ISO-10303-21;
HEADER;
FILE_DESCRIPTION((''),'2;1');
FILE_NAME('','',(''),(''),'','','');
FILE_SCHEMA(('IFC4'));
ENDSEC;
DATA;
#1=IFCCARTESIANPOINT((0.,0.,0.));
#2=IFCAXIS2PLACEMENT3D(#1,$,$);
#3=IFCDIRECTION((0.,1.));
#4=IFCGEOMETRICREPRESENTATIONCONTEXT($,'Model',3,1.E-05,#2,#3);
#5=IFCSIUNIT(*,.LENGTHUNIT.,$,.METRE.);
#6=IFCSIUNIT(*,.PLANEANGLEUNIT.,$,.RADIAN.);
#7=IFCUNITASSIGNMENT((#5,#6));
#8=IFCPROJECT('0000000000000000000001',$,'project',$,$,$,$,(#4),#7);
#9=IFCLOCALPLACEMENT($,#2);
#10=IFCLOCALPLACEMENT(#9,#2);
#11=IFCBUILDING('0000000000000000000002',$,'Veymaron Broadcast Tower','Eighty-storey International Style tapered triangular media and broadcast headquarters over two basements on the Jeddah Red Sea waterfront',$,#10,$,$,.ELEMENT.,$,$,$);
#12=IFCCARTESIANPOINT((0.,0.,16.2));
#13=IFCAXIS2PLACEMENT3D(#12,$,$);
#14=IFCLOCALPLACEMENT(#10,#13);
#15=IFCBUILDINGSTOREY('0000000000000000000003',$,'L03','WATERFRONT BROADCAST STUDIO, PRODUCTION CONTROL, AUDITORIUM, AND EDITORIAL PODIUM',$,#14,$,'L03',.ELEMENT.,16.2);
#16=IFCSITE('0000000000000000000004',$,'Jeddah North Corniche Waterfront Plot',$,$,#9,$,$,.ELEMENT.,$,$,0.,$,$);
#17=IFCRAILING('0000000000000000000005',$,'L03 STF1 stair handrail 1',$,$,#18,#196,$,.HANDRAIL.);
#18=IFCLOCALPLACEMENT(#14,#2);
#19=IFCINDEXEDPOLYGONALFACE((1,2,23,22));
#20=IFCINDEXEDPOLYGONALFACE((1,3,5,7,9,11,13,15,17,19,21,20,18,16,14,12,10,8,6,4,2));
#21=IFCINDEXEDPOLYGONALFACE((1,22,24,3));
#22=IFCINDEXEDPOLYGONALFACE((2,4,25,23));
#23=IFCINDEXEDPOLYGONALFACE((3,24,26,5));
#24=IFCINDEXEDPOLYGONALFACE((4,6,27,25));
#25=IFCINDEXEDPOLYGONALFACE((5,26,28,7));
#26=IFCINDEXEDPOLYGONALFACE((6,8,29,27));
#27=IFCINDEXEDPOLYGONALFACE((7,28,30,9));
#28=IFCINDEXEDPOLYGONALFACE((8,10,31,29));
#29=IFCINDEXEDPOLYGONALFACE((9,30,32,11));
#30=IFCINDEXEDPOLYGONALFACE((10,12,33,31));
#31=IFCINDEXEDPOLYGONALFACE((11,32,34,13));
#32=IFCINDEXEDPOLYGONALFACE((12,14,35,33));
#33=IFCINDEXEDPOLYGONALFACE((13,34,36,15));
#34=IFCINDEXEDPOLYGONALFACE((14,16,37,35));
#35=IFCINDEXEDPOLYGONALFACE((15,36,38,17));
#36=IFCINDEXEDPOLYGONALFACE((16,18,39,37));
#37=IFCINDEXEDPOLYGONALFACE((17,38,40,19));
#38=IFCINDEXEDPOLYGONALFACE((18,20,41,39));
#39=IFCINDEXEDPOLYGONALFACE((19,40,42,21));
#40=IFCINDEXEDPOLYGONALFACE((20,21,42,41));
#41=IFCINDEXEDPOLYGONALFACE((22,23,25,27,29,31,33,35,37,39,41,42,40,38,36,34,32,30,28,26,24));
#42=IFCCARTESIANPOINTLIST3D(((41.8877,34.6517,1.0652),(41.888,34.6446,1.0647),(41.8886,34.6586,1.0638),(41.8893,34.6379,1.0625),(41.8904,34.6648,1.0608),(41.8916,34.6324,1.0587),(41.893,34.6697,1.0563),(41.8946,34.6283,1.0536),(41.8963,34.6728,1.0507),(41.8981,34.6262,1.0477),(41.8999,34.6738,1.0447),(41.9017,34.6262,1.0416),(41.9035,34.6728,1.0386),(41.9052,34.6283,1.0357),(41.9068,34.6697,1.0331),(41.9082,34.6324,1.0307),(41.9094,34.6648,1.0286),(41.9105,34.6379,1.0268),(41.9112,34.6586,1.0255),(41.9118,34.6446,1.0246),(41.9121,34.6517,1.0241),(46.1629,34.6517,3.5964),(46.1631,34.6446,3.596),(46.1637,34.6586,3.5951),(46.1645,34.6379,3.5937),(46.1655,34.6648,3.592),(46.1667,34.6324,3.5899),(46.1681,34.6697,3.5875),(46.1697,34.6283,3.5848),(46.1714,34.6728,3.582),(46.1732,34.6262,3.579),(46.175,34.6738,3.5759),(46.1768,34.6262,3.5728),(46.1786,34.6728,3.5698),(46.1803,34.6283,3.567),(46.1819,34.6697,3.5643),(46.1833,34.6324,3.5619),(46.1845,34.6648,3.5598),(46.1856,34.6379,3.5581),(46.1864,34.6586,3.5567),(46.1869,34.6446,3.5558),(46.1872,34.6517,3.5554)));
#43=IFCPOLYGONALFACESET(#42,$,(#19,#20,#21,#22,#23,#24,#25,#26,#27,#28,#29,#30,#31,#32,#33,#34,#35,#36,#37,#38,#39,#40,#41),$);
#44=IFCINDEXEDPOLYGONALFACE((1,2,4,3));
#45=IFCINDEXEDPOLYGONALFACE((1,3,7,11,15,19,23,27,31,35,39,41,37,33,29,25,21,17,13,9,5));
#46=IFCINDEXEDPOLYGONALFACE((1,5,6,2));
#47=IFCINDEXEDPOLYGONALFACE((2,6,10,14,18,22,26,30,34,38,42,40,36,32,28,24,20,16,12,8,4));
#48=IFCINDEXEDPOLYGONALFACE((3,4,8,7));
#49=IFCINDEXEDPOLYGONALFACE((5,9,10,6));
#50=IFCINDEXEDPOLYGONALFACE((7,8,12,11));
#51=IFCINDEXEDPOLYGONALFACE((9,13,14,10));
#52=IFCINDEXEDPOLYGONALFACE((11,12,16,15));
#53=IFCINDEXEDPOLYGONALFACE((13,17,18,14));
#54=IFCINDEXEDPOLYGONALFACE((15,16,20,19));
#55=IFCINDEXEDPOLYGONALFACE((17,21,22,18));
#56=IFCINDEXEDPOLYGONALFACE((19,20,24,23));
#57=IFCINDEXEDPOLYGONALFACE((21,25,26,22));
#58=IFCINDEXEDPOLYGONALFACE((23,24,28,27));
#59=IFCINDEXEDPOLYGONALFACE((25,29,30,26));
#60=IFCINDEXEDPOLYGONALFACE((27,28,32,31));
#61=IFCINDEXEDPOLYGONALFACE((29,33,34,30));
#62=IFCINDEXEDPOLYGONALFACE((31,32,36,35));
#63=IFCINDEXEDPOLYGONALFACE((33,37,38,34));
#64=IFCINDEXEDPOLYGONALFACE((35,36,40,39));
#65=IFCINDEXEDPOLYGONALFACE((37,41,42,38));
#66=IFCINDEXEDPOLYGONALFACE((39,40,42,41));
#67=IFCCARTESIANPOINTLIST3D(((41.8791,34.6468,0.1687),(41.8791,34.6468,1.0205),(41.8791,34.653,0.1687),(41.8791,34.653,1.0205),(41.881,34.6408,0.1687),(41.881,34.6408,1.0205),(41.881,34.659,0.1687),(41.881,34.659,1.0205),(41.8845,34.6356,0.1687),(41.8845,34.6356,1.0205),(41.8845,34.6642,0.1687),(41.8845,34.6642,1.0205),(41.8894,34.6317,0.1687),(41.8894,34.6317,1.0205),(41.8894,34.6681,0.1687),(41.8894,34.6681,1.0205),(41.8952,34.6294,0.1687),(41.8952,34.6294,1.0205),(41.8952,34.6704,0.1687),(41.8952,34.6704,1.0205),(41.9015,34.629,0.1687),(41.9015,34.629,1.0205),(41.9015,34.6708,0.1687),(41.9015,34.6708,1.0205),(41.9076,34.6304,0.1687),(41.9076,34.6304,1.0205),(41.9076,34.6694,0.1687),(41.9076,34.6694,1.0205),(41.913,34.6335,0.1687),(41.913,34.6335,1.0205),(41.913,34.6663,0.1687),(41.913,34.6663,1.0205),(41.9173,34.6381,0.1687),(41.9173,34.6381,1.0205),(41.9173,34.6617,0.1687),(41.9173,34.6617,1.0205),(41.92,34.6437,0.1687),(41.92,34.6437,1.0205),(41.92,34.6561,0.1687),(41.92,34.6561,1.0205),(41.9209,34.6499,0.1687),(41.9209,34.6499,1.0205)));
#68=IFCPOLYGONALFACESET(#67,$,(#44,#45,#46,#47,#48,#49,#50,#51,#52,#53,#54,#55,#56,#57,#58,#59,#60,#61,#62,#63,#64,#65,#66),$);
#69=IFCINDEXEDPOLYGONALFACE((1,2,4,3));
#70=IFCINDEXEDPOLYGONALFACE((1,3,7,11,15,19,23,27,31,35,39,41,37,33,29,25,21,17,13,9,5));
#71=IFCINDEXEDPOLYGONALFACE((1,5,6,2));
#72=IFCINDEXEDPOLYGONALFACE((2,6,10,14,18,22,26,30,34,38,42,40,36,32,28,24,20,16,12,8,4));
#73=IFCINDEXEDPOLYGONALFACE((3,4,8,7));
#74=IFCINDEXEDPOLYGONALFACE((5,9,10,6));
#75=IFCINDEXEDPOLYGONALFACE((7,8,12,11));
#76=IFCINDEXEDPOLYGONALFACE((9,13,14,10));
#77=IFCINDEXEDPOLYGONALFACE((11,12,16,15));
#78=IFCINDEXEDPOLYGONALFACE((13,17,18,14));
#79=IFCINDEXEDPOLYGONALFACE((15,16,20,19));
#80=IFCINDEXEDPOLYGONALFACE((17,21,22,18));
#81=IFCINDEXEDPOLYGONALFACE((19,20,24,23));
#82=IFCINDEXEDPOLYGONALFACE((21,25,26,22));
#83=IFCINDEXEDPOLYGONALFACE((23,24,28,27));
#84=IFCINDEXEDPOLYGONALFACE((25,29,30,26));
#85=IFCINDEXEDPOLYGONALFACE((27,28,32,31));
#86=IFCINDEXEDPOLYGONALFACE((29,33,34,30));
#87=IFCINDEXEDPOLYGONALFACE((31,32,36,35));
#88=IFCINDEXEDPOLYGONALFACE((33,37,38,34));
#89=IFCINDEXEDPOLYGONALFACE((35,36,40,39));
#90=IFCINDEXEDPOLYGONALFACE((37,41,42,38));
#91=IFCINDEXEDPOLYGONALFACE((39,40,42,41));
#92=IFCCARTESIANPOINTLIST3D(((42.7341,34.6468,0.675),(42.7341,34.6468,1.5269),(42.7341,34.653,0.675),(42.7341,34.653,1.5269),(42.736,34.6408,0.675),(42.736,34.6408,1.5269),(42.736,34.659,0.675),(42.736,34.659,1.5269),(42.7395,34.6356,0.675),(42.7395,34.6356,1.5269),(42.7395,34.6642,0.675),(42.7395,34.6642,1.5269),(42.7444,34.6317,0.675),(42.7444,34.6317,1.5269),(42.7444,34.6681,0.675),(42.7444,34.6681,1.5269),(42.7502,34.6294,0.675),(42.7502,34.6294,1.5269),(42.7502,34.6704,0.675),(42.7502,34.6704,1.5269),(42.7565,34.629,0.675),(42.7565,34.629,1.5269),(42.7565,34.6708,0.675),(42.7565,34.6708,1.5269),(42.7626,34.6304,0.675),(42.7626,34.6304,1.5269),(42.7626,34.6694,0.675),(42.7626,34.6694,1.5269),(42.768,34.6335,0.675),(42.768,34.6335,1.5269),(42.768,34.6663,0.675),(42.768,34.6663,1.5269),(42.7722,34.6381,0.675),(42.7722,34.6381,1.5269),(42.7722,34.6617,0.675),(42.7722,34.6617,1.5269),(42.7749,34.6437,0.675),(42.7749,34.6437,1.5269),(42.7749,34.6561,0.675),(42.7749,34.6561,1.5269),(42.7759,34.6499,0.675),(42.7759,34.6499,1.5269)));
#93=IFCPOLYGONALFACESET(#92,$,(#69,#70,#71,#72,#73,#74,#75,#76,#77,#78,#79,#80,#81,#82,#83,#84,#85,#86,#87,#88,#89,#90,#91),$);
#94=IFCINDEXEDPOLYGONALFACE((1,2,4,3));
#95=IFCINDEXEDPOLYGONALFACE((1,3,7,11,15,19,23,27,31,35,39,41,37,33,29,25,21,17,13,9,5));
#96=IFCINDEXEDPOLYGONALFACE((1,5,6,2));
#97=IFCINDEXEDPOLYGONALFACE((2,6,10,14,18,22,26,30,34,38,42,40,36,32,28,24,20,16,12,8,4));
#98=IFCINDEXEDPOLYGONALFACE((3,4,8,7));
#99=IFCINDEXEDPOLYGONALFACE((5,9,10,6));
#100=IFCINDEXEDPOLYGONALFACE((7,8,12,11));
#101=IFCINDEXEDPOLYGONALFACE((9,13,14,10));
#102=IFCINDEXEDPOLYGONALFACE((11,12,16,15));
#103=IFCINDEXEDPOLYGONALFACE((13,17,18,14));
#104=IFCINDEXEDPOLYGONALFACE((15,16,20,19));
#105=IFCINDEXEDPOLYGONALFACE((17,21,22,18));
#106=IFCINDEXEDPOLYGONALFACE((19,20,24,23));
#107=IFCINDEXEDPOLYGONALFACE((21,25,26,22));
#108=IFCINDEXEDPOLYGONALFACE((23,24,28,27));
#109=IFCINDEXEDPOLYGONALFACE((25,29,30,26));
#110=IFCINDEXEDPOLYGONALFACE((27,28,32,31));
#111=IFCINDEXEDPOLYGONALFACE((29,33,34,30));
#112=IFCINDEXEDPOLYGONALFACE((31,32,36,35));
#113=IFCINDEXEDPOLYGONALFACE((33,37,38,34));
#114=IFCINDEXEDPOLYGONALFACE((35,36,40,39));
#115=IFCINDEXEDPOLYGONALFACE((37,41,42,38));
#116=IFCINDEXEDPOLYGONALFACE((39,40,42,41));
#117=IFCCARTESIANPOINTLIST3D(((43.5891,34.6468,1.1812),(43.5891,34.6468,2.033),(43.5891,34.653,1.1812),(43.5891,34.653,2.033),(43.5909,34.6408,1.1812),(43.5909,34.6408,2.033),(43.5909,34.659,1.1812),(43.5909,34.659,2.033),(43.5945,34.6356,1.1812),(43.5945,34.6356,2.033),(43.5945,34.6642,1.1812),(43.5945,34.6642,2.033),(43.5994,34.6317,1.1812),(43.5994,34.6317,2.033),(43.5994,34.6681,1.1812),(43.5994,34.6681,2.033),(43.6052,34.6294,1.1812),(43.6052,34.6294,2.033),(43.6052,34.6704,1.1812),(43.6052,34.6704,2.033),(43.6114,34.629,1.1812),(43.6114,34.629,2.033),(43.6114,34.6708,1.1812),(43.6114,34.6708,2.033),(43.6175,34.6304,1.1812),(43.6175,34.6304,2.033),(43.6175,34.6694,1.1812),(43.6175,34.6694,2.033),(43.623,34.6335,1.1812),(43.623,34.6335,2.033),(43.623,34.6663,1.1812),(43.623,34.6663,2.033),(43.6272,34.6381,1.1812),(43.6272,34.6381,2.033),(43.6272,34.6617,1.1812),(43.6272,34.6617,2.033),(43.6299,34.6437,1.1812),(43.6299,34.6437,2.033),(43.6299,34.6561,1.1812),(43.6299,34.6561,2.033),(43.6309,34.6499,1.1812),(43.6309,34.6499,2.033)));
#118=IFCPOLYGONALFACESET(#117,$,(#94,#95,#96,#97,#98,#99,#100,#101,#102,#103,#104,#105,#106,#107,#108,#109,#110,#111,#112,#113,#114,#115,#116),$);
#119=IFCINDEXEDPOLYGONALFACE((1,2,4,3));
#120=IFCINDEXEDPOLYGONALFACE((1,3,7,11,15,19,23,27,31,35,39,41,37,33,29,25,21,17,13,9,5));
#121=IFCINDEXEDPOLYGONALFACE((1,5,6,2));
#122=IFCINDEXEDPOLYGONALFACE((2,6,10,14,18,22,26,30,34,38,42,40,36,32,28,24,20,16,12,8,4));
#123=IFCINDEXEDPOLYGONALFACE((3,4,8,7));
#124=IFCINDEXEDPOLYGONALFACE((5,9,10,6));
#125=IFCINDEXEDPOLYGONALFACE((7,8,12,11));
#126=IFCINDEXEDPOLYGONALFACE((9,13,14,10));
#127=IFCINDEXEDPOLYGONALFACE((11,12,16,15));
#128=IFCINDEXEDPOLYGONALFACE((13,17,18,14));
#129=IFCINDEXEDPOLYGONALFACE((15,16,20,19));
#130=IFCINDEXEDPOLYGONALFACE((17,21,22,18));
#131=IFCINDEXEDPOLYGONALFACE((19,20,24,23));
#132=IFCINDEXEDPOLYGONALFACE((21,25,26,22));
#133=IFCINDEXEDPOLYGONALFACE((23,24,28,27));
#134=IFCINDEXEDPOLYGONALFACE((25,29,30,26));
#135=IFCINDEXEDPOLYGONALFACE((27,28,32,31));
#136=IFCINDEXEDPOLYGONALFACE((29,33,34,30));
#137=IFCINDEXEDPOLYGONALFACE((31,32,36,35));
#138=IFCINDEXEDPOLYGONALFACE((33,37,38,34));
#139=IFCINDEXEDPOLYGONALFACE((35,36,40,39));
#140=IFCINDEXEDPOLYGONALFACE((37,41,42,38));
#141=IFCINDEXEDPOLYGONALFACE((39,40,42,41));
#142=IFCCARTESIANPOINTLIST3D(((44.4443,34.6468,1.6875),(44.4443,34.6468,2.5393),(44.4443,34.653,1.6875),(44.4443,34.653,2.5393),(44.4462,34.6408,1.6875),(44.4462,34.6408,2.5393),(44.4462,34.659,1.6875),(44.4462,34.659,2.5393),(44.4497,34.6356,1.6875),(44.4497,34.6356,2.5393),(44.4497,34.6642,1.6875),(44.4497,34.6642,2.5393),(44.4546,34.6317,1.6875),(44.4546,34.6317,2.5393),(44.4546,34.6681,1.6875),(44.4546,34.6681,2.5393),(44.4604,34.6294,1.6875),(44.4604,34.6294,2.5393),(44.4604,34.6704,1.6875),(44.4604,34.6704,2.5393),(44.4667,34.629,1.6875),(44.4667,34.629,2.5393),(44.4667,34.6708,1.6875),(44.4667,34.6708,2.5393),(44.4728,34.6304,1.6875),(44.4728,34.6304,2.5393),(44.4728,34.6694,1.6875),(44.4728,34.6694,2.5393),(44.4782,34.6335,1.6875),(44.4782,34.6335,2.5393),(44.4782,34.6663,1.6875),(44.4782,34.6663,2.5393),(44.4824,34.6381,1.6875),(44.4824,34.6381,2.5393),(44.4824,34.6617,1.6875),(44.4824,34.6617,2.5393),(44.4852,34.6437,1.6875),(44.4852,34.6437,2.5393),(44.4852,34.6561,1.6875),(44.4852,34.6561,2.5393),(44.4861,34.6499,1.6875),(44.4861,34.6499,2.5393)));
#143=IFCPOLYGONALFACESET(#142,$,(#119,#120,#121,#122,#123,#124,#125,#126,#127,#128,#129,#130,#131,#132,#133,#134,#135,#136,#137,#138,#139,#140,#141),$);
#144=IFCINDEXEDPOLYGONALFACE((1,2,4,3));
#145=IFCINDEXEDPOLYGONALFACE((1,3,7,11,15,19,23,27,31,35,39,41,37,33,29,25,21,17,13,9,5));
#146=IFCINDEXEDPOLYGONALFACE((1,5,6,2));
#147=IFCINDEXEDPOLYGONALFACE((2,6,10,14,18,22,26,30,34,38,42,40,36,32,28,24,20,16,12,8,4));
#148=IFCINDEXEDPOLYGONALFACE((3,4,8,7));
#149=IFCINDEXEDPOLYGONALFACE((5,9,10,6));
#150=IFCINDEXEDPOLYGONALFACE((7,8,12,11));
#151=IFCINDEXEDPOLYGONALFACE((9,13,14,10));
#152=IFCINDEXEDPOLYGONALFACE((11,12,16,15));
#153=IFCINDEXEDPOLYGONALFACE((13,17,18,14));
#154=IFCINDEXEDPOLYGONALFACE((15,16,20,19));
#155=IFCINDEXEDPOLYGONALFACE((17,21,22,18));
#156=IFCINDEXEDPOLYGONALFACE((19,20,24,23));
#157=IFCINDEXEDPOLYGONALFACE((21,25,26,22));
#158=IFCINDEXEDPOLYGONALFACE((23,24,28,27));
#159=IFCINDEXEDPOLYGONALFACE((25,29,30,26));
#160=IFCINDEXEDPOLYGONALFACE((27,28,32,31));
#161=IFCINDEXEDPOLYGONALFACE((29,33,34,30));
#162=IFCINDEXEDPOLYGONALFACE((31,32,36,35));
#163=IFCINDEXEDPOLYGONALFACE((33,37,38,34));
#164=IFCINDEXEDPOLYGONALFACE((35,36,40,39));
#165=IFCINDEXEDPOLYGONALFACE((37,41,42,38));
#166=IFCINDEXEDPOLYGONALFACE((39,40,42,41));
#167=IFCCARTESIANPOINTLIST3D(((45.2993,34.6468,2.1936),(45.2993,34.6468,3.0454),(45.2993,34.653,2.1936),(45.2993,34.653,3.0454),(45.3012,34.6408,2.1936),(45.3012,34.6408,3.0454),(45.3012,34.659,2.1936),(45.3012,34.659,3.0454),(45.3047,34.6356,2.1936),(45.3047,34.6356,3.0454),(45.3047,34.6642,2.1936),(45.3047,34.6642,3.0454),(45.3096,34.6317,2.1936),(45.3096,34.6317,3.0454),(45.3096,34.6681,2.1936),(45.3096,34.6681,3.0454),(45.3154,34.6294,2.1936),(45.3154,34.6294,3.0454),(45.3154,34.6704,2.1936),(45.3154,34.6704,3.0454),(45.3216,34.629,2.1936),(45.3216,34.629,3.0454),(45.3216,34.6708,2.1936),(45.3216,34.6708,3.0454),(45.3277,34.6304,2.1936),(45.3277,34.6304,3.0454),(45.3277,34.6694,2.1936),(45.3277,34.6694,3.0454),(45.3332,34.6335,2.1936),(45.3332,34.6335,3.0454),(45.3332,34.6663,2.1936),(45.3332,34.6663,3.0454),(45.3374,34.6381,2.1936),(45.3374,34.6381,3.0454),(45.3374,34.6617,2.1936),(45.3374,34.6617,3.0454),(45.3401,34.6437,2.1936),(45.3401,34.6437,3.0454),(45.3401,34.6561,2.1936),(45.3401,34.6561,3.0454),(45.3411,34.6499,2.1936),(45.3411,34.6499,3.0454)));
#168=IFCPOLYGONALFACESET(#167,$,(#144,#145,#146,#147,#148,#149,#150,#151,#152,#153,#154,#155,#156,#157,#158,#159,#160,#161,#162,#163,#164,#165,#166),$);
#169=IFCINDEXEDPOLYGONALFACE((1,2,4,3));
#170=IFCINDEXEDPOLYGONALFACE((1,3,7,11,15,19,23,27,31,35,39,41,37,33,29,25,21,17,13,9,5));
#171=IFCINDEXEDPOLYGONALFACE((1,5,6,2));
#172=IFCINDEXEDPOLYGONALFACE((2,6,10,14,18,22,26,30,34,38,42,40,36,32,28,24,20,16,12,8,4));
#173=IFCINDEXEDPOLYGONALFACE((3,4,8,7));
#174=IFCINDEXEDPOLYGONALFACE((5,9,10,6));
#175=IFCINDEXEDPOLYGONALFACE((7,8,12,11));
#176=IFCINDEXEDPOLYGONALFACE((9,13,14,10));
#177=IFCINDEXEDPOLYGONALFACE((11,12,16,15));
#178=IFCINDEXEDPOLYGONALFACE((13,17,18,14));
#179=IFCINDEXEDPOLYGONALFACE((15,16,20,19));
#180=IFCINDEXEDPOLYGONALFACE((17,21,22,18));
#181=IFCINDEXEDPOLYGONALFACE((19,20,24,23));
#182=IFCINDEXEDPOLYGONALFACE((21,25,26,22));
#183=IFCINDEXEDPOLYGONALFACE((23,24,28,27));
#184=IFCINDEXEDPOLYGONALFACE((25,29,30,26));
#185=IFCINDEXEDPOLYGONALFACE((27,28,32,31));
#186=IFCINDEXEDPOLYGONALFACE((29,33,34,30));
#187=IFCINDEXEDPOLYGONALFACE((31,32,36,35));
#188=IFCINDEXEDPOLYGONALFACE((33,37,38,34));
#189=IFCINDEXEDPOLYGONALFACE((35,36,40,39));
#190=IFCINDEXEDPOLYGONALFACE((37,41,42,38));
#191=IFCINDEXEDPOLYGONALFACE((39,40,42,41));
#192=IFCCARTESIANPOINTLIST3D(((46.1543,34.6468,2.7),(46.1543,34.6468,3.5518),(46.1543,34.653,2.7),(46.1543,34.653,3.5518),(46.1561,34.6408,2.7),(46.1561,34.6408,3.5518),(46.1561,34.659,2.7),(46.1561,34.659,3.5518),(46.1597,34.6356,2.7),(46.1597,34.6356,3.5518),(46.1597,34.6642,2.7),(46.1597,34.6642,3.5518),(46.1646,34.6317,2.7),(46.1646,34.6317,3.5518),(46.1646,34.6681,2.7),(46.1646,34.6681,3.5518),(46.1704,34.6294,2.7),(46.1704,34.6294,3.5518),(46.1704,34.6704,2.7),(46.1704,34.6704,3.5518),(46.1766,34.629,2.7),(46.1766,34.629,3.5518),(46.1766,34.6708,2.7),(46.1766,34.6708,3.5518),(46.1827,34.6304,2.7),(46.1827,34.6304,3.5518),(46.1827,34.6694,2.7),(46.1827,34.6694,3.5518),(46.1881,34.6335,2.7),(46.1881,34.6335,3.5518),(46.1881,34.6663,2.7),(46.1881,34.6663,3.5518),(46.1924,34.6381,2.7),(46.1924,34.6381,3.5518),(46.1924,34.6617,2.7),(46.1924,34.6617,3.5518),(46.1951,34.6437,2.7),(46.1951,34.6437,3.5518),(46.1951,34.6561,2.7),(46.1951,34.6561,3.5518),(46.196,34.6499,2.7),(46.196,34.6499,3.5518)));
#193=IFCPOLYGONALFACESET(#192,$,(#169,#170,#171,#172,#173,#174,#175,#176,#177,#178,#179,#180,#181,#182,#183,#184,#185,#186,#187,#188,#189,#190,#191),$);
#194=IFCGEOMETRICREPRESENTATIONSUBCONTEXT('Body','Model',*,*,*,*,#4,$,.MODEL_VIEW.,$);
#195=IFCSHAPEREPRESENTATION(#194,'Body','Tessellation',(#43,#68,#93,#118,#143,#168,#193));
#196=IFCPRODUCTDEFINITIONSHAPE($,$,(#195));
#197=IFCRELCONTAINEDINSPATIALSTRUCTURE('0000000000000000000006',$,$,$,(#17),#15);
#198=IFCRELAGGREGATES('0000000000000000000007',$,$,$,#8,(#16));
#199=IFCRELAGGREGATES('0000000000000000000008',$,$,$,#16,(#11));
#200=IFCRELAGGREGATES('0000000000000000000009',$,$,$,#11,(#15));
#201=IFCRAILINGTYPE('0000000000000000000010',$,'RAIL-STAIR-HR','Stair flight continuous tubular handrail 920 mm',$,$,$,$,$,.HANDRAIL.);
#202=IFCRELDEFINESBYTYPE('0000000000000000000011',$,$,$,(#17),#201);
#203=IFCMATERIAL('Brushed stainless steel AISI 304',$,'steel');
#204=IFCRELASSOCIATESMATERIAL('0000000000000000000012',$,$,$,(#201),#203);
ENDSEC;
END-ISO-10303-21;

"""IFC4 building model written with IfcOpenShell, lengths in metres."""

from ifc_helpers import new_model, si_unit, direction, frame, origin, origin_2d, place, context, subcontext, project, spatial, circle, extrude, material, type_object, element, save


model = new_model("IFC4")

# Units and contexts
model_context = context("Model", 3, precision=1e-05, world=origin(), true_north=direction((0.0, 1.0)))
body_context = subcontext(model_context, "Body", "Model", "MODEL_VIEW")
ifc_project = project(units=[si_unit("LENGTHUNIT", "METRE"), si_unit("PLANEANGLEUNIT", "RADIAN")], contexts=[model_context])

# Site, building, storey
site_placement = place(None, origin())
site = spatial("IfcSite", under=ifc_project, at=site_placement, Name="Jeddah North Corniche Waterfront Plot", CompositionType="ELEMENT", RefElevation=0.0)
building_placement = place(site_placement, origin())
building = spatial("IfcBuilding", under=site, at=building_placement, Name="Veymaron Broadcast Tower", Description="Eighty-storey International Style tapered triangular media and broadcast headquarters over two basements on the Jeddah Red Sea waterfront", CompositionType="ELEMENT")
storey_placement = place(building_placement, frame((0.0, 0.0, 16.2)))
storey = spatial("IfcBuildingStorey", under=building, at=storey_placement, Name="L03", Description="WATERFRONT BROADCAST STUDIO, PRODUCTION CONTROL, AUDITORIUM, AND EDITORIAL PODIUM", LongName="L03", CompositionType="ELEMENT", Elevation=16.2)

# Shared definitions
ifc_material_1 = material(Name="Brushed stainless steel AISI 304", Category="steel")

# Railing
railing_type_1 = type_object("IfcRailingType", Name="RAIL-STAIR-HR", Description="Stair flight continuous tubular handrail 920 mm", PredefinedType="HANDRAIL", material=ifc_material_1)
railing_1_placement = place(storey_placement, frame((41.8999, 34.6499, 0.1687)))
element("IfcRailing", 1, at=railing_1_placement, inside=storey, type_object=railing_type_1, Name="L03 STF1 stair handrail 1", PredefinedType="HANDRAIL", context=body_context, shape_type="SweptSolid", body=[
    extrude(circle(Radius=0.0239, at=origin_2d()), frame((0.0, 0.0, 0.876), z_axis=(0.860483, 0.0, 0.509479), x_axis=(0.0, 1.0, 0.0)), (0.0, 0.0, 1.0), 4.9683),
    extrude(circle(Radius=0.021, at=origin_2d()), origin(), (0.0, 0.0, 1.0), 0.8518),
    extrude(circle(Radius=0.021, at=origin_2d()), frame((0.855, 0.0, 0.5063)), (0.0, 0.0, 1.0), 0.8518),
    extrude(circle(Radius=0.021, at=origin_2d()), frame((1.71, 0.0, 1.0125)), (0.0, 0.0, 1.0), 0.8518),
    extrude(circle(Radius=0.021, at=origin_2d()), frame((2.5652, 0.0, 1.5188)), (0.0, 0.0, 1.0), 0.8518),
    extrude(circle(Radius=0.021, at=origin_2d()), frame((3.4202, 0.0, 2.0249)), (0.0, 0.0, 1.0), 0.8518),
    extrude(circle(Radius=0.021, at=origin_2d()), frame((4.2751, 0.0, 2.5312)), (0.0, 0.0, 1.0), 0.8518),
])

save(model, "model.ifc")
